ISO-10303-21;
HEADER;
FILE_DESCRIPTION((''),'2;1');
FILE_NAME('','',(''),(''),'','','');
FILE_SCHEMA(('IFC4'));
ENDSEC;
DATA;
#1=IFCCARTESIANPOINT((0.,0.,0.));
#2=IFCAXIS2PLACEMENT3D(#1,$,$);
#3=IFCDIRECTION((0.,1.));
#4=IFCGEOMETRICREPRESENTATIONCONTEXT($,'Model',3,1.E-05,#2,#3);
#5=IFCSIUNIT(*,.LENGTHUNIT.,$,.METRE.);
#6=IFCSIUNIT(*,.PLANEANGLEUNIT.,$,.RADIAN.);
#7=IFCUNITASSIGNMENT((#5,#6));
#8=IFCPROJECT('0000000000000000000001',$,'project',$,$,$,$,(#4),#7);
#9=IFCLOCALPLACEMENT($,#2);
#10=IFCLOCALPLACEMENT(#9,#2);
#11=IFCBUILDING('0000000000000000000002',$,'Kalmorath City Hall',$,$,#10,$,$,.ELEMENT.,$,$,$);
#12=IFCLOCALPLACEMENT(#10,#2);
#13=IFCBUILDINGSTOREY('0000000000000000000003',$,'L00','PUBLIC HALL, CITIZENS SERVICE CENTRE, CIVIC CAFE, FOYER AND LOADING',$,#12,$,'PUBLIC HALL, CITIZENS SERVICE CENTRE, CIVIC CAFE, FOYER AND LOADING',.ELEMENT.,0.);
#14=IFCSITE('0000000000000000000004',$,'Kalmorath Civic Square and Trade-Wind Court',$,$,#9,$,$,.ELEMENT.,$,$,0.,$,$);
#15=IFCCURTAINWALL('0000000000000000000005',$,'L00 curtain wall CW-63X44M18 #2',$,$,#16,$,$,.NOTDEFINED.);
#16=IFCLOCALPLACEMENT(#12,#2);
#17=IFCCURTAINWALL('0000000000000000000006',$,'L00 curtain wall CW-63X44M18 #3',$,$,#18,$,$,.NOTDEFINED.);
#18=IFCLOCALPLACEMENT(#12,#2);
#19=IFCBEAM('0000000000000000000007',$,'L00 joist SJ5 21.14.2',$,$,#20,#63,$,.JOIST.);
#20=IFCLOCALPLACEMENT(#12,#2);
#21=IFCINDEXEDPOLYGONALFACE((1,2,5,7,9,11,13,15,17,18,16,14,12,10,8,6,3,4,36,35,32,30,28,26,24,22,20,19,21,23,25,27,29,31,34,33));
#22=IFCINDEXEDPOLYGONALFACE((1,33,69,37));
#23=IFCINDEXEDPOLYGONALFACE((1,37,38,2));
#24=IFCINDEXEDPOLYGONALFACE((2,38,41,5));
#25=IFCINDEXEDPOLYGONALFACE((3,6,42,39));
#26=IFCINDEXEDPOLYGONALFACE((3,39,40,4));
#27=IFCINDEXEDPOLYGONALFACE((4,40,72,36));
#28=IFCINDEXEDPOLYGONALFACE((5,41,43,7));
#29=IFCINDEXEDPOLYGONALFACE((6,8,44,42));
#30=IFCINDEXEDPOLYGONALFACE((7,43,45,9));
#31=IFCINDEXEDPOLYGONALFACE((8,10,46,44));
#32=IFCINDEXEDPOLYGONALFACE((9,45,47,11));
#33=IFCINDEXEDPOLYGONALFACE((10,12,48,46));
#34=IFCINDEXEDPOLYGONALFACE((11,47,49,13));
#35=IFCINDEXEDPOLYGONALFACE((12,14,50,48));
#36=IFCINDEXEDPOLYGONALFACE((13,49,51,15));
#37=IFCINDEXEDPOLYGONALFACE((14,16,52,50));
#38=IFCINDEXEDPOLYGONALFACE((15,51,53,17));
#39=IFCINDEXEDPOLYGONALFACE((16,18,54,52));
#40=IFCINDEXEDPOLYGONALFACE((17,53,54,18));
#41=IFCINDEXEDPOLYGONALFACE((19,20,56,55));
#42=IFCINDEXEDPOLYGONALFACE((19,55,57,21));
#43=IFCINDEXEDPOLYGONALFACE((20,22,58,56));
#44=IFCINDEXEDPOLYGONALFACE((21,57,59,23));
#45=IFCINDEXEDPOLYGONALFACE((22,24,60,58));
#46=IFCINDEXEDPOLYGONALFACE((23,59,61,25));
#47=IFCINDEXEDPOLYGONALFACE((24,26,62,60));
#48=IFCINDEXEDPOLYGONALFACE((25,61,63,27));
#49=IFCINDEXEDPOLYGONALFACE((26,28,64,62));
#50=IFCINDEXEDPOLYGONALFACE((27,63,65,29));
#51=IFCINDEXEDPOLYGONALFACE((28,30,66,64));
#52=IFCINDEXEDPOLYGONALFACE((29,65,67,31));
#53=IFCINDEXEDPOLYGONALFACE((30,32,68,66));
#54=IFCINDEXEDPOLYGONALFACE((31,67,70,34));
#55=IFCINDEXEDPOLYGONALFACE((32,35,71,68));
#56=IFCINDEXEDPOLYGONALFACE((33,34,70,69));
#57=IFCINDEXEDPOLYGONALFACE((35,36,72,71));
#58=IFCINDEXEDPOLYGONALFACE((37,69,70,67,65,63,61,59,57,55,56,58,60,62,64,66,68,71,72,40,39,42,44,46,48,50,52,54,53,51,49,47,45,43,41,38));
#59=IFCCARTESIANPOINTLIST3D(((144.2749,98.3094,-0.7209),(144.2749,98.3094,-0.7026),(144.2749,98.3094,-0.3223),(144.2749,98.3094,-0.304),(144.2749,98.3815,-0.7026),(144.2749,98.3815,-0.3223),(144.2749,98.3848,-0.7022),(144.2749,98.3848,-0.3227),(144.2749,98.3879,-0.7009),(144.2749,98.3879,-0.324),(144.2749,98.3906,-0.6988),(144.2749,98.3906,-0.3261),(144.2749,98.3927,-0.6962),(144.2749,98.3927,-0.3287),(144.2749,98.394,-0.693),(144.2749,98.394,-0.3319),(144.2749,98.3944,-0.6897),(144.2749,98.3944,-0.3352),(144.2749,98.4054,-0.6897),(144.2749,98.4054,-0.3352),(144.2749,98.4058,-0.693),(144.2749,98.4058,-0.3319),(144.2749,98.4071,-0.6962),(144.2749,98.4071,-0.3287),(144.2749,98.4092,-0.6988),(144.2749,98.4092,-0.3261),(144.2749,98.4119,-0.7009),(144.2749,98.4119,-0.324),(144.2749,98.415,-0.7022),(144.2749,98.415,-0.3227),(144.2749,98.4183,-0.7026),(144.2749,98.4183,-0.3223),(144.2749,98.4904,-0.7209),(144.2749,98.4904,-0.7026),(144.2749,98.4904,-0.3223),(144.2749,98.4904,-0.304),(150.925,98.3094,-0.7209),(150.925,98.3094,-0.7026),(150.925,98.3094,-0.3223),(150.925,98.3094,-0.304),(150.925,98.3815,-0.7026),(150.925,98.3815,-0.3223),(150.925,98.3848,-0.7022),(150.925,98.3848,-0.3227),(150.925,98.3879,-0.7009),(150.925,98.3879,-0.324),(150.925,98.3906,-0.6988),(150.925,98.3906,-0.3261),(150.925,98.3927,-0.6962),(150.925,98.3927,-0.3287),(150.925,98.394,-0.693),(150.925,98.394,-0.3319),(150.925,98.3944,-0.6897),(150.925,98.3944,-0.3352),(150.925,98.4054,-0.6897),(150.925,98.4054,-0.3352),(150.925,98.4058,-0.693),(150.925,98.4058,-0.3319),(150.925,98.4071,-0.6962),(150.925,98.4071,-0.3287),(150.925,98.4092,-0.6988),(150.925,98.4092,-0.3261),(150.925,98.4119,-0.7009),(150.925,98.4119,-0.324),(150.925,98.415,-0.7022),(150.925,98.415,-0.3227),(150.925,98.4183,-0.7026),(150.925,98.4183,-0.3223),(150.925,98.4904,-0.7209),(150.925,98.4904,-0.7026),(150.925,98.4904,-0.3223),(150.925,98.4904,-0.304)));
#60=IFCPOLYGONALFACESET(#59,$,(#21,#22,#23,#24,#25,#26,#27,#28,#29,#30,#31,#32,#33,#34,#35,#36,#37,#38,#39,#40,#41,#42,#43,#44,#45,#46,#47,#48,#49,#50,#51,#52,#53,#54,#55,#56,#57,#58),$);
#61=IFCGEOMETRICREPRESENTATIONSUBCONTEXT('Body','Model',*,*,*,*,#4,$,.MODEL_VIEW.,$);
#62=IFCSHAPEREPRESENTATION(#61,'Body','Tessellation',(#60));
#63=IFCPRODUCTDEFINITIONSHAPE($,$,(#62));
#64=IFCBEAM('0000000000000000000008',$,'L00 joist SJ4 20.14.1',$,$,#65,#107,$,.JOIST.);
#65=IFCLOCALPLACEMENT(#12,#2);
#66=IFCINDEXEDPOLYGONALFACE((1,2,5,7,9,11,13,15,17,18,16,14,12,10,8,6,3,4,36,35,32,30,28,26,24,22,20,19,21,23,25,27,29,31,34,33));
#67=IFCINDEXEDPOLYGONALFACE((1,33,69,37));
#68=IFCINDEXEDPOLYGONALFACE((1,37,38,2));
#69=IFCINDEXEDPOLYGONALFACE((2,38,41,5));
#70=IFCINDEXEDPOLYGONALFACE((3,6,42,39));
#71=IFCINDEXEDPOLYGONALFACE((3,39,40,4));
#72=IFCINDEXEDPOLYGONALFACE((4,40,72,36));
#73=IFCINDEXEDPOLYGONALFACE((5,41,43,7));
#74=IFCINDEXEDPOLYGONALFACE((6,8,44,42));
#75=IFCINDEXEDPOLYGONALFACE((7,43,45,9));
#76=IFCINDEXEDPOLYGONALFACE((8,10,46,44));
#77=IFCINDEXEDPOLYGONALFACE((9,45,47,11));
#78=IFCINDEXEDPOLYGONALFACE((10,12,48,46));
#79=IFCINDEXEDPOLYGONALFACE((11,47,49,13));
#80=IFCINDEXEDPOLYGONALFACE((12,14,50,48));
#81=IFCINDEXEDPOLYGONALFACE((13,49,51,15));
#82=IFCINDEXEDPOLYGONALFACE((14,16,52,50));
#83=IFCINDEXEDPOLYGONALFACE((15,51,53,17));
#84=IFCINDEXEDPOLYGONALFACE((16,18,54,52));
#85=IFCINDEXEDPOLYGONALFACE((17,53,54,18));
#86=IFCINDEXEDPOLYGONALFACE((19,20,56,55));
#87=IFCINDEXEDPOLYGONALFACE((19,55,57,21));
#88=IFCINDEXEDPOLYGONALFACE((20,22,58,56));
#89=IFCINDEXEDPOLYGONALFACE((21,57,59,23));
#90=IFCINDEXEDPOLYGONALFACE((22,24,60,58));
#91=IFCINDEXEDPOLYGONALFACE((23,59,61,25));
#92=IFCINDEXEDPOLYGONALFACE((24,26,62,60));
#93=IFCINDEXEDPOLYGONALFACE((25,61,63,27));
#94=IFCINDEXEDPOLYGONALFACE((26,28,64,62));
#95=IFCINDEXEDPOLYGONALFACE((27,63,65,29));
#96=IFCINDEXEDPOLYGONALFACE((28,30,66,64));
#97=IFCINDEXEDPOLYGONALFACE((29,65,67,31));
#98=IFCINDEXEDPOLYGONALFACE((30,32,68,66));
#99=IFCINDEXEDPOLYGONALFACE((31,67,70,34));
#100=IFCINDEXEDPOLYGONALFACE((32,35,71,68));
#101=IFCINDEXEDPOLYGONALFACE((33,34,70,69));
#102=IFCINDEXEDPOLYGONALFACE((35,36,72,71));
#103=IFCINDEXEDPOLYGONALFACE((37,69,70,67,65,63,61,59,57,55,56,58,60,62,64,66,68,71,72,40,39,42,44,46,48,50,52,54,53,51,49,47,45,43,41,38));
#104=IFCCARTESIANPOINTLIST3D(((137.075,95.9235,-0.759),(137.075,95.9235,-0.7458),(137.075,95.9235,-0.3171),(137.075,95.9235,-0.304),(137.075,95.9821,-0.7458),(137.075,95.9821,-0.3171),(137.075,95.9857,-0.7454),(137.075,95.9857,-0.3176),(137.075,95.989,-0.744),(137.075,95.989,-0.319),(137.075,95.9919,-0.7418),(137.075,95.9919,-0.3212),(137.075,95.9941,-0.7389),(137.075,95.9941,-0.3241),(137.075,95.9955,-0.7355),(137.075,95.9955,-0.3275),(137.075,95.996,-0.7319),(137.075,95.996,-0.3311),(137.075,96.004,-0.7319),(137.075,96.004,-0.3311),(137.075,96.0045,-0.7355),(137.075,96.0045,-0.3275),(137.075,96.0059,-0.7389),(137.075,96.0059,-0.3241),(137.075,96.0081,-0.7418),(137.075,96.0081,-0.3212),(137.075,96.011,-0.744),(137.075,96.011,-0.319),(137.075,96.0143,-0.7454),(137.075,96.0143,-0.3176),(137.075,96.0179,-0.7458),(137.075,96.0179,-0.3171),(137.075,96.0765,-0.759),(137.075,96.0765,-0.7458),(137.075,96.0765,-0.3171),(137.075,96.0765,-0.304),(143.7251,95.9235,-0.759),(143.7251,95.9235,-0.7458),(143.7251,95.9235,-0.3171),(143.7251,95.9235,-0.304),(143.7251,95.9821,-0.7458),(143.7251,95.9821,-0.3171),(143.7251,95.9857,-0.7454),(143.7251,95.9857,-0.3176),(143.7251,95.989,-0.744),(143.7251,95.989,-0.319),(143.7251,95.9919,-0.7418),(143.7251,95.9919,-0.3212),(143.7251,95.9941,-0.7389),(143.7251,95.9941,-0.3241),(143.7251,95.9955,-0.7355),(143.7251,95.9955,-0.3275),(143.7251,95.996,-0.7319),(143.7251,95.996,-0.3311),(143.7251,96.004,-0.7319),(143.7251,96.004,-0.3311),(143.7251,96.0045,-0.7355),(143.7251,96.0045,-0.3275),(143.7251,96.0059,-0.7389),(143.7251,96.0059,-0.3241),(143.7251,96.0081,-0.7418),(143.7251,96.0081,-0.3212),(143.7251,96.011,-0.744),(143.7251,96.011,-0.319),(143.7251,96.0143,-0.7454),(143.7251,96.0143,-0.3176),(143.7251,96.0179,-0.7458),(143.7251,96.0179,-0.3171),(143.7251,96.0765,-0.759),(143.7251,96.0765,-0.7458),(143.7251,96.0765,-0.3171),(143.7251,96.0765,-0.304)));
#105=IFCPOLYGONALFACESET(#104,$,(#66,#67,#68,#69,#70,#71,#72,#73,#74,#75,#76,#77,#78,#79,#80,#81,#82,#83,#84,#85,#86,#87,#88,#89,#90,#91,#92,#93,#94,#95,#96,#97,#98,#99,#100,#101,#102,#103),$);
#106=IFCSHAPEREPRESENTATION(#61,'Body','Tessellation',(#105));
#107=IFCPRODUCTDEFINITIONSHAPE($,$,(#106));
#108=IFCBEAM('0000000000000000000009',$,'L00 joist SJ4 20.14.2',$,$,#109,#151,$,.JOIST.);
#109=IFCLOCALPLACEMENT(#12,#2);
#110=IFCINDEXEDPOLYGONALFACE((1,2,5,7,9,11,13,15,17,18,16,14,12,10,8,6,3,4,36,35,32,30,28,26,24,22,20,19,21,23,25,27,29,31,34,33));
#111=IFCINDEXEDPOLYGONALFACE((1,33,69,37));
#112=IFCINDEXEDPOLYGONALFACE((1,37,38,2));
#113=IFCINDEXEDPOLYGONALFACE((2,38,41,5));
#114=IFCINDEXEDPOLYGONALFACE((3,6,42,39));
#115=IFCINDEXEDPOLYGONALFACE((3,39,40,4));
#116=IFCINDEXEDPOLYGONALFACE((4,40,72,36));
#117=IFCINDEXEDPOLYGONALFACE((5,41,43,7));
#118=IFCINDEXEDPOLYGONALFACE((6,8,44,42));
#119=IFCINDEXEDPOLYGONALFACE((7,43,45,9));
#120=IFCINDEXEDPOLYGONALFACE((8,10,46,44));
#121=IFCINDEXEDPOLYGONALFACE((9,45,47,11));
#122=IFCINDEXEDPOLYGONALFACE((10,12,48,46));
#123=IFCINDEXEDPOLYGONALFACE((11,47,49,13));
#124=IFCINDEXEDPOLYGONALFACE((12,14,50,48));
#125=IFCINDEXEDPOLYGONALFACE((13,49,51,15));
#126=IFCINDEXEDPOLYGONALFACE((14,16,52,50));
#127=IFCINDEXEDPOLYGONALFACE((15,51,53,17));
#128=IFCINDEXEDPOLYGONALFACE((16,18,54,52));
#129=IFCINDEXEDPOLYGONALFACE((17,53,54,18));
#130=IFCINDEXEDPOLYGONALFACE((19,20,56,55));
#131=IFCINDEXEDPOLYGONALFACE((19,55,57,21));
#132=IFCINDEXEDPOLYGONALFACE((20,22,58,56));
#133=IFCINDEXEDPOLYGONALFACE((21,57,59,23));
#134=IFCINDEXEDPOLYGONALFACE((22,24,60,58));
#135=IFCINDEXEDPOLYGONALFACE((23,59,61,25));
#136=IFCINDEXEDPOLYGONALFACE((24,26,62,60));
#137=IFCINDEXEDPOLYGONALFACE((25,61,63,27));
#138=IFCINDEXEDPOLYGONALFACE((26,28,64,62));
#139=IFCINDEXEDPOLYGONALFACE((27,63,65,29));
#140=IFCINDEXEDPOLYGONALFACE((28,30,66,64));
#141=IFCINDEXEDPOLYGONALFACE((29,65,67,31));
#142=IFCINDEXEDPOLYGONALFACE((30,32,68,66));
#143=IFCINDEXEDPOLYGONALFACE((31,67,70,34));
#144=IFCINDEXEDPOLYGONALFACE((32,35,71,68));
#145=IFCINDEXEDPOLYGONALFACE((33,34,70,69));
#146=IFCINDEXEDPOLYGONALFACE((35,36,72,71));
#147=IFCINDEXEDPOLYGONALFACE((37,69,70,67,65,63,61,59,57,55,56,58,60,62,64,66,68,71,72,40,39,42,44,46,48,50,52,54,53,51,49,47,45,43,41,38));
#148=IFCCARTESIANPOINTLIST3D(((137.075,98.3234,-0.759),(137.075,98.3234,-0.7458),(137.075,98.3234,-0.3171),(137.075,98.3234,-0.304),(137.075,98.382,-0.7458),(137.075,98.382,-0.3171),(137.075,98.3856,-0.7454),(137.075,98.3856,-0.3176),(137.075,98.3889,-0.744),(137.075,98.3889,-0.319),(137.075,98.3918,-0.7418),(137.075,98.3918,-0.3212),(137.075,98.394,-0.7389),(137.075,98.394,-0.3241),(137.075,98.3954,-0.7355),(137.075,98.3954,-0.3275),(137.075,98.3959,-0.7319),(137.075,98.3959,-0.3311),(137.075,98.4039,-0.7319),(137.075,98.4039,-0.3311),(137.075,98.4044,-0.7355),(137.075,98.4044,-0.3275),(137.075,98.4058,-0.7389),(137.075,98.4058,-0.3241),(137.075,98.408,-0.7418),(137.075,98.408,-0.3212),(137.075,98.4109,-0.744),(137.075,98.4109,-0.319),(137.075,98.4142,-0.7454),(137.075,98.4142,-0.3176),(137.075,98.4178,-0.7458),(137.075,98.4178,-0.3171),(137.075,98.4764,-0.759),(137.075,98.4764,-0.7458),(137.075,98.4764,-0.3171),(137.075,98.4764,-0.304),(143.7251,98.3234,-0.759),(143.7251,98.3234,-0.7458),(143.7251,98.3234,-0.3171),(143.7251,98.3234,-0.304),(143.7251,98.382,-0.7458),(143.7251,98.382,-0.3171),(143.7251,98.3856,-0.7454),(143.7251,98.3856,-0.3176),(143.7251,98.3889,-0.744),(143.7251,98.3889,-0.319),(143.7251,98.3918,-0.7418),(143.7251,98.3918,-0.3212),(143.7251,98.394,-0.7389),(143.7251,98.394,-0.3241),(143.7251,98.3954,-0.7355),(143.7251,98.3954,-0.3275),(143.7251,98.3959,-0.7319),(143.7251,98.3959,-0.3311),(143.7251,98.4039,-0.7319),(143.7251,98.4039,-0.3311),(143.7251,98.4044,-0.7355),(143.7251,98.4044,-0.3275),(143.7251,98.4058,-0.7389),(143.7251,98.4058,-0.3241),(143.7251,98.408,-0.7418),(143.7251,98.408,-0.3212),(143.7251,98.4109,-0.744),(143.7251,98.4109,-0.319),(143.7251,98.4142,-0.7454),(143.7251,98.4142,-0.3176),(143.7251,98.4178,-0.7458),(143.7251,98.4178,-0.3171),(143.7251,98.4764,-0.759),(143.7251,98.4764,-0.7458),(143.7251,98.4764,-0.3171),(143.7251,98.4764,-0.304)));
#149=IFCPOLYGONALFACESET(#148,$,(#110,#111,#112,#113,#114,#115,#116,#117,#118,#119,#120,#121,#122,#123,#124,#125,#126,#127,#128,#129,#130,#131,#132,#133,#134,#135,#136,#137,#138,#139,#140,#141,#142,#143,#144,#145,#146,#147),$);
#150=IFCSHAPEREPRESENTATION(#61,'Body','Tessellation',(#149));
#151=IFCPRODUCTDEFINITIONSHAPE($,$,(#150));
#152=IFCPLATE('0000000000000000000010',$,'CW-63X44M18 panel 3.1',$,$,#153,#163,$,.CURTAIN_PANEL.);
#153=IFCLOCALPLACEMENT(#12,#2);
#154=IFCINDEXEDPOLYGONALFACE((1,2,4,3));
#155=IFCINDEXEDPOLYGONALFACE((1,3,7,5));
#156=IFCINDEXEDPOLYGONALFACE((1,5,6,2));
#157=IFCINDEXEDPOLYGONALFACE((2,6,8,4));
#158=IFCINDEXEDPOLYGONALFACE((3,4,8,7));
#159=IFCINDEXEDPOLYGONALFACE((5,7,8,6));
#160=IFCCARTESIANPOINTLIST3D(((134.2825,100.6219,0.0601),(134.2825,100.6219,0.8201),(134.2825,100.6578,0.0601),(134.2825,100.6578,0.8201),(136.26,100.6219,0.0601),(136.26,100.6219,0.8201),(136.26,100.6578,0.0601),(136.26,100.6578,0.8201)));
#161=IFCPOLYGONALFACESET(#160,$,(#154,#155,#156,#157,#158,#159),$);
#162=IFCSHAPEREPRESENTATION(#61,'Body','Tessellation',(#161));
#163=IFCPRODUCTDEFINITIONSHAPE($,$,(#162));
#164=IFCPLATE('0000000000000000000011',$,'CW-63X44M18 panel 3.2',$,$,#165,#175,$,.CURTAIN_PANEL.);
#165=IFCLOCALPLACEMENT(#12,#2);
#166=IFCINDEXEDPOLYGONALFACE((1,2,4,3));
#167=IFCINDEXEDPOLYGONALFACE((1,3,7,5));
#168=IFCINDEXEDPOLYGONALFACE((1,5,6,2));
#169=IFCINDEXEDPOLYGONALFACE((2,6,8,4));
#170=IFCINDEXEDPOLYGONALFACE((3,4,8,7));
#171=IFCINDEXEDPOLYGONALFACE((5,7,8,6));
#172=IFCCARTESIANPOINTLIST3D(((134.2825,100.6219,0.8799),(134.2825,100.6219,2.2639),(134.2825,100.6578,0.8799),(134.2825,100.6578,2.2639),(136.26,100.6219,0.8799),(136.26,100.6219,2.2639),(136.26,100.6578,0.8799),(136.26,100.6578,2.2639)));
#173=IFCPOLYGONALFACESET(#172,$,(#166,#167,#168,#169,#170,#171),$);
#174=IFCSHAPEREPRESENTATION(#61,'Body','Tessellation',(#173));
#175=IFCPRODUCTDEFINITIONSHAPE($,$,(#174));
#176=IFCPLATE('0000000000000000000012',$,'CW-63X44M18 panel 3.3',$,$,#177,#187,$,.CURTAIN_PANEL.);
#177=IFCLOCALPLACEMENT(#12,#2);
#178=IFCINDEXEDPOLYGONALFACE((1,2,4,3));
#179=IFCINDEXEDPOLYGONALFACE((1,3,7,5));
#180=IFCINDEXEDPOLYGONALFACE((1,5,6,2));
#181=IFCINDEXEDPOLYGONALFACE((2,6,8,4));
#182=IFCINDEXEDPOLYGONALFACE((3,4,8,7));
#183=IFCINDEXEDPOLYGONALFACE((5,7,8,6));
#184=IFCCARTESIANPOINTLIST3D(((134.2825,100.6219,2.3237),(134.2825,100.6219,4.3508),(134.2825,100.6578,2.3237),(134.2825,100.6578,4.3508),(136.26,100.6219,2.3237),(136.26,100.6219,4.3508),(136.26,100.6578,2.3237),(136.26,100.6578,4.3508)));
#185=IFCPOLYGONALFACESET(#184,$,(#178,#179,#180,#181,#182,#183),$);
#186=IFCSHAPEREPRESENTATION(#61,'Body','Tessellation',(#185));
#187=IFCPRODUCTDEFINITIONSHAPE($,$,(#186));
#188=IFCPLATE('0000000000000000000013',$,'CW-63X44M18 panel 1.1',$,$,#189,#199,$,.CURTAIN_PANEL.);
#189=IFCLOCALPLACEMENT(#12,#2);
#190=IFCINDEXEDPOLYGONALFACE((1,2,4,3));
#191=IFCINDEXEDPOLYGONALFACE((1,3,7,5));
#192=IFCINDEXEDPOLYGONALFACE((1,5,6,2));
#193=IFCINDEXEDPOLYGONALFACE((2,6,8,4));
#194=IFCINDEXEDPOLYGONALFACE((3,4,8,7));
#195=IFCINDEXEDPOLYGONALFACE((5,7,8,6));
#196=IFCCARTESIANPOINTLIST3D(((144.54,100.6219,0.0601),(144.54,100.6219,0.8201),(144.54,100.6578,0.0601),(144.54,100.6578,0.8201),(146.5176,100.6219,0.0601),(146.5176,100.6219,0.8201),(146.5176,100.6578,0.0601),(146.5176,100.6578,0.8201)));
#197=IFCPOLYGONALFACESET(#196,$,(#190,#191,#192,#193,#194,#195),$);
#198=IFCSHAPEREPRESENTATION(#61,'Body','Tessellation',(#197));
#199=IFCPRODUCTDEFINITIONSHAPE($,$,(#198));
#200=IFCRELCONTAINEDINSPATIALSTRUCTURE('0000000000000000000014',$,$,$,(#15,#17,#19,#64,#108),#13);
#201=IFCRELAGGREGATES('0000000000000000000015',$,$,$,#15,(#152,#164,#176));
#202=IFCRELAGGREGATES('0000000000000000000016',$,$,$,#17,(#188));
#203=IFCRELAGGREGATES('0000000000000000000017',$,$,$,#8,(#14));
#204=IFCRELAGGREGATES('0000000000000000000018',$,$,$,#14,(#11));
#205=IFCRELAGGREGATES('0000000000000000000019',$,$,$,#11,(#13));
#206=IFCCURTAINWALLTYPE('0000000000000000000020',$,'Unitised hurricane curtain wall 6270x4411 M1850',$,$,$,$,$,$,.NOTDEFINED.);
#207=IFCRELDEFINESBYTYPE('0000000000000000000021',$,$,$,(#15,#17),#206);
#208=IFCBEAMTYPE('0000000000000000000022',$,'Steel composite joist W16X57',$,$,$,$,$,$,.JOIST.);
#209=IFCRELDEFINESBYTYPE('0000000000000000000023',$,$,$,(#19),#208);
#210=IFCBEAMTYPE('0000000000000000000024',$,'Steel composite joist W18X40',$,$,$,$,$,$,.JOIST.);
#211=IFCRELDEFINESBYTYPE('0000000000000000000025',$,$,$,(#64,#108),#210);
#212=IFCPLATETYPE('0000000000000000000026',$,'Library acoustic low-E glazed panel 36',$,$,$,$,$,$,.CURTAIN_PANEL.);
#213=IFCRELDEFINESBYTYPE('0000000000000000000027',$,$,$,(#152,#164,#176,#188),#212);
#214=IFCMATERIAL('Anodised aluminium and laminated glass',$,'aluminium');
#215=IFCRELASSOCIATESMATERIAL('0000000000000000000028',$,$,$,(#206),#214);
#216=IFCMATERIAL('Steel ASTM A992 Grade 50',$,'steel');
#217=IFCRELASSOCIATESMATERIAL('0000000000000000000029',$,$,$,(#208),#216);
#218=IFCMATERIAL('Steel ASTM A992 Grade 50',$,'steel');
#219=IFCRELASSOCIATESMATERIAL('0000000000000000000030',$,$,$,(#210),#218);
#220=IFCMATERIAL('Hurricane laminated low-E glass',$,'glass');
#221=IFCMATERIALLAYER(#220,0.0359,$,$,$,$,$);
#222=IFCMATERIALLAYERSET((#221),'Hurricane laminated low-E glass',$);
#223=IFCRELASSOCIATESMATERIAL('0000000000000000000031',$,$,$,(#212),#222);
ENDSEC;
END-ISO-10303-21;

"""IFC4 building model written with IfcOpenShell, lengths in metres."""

from ifc_helpers import new_model, si_unit, direction, frame, origin, origin_2d, place, context, subcontext, project, spatial, rectangle, i_section, extrude, material, layer, layer_set, material_profile, profile_set, type_object, element, aggregate, save


model = new_model("IFC4")

# Units and contexts
model_context = context("Model", 3, precision=1e-05, world=origin(), true_north=direction((0.0, 1.0)))
body_context = subcontext(model_context, "Body", "Model", "MODEL_VIEW")
ifc_project = project(units=[si_unit("LENGTHUNIT", "METRE"), si_unit("PLANEANGLEUNIT", "RADIAN")], contexts=[model_context])

# Site, building, storey
site_placement = place(None, origin())
site = spatial("IfcSite", under=ifc_project, at=site_placement, Name="Kalmorath Civic Square and Trade-Wind Court", CompositionType="ELEMENT", RefElevation=0.0)
building_placement = place(site_placement, origin())
building = spatial("IfcBuilding", under=site, at=building_placement, Name="Kalmorath City Hall", CompositionType="ELEMENT")
storey_placement = place(building_placement, origin())
storey = spatial("IfcBuildingStorey", under=building, at=storey_placement, Name="L00", Description="PUBLIC HALL, CITIZENS SERVICE CENTRE, CIVIC CAFE, FOYER AND LOADING", LongName="PUBLIC HALL, CITIZENS SERVICE CENTRE, CIVIC CAFE, FOYER AND LOADING", CompositionType="ELEMENT", Elevation=0.0)

# Curtain walls
ifc_material_1 = material(Name="Anodised aluminium and laminated glass", Category="aluminium")
curtain_wall_type = type_object("IfcCurtainWallType", Name="Unitised hurricane curtain wall 6270x4411 M1850", PredefinedType="NOTDEFINED", material=ifc_material_1)
curtain_wall_1_placement = place(storey_placement, origin())
curtain_wall_1 = element("IfcCurtainWall", 1, at=curtain_wall_1_placement, inside=storey, type_object=curtain_wall_type, Name="L00 curtain wall CW-63X44M18 #2", PredefinedType="NOTDEFINED")
curtain_wall_2_placement = place(storey_placement, origin())
curtain_wall_2 = element("IfcCurtainWall", 2, at=curtain_wall_2_placement, inside=storey, type_object=curtain_wall_type, Name="L00 curtain wall CW-63X44M18 #3", PredefinedType="NOTDEFINED")

# Beams
ifc_material_2 = material(Name="Steel ASTM A992 Grade 50", Category="steel")
ifc_material_profile_1 = material_profile(ifc_material_2, i_section(OverallWidth=0.1809, OverallDepth=0.417, WebThickness=0.011, FlangeThickness=0.0183, FilletRadius=0.0129, at=origin_2d()), Name="W16X57")
ifc_profile_set_1 = profile_set([ifc_material_profile_1], Name="Steel ASTM A992 Grade 50")
beam_type_1 = type_object("IfcBeamType", Name="Steel composite joist W16X57", PredefinedType="JOIST", material=ifc_profile_set_1)
for number, where, z_axis, x_axis, name in (
    (3, (144.2749, 98.3999, -0.5125), (1.0, 0.0, 0.0), (0.0, 1.0, 0.0), "L00 joist SJ5 21.14.2"),
):
    element("IfcBeam", number, at=place(storey_placement, frame(where, z_axis=z_axis, x_axis=x_axis)), inside=storey, type_object=beam_type_1, Name=name, PredefinedType="JOIST", context=body_context, shape_type="SweptSolid", body=[
        extrude(i_section(OverallWidth=0.1809, OverallDepth=0.417, WebThickness=0.011, FlangeThickness=0.0183, FilletRadius=0.0129, at=origin_2d()), origin(), (0.0, 0.0, 1.0), 6.6501),
    ])
ifc_material_3 = material(Name="Steel ASTM A992 Grade 50", Category="steel")
ifc_material_profile_2 = material_profile(ifc_material_3, i_section(OverallWidth=0.1531, OverallDepth=0.4551, WebThickness=0.0081, FlangeThickness=0.0132, FilletRadius=0.0139, at=origin_2d()), Name="W18X40")
ifc_profile_set_2 = profile_set([ifc_material_profile_2], Name="Steel ASTM A992 Grade 50")
beam_type_2 = type_object("IfcBeamType", Name="Steel composite joist W18X40", PredefinedType="JOIST", material=ifc_profile_set_2)
for number, where, z_axis, x_axis, name in (
    (4, (137.075, 96.0, -0.5315), (1.0, 0.0, 0.0), (0.0, 1.0, 0.0), "L00 joist SJ4 20.14.1"),
    (5, (137.075, 98.3999, -0.5315), (1.0, 0.0, 0.0), (0.0, 1.0, 0.0), "L00 joist SJ4 20.14.2"),
):
    element("IfcBeam", number, at=place(storey_placement, frame(where, z_axis=z_axis, x_axis=x_axis)), inside=storey, type_object=beam_type_2, Name=name, PredefinedType="JOIST", context=body_context, shape_type="SweptSolid", body=[
        extrude(i_section(OverallWidth=0.1531, OverallDepth=0.4551, WebThickness=0.0081, FlangeThickness=0.0132, FilletRadius=0.0139, at=origin_2d()), origin(), (0.0, 0.0, 1.0), 6.6501),
    ])

# Plates
ifc_material_4 = material(Name="Hurricane laminated low-E glass", Category="glass")
ifc_layer_1 = layer(ifc_material_4, 0.0359)
ifc_layer_set_1 = layer_set([ifc_layer_1], Name="Hurricane laminated low-E glass")
plate_type = type_object("IfcPlateType", Name="Library acoustic low-E glazed panel 36", PredefinedType="CURTAIN_PANEL", material=ifc_layer_set_1)
plate_1_placement = place(storey_placement, frame((135.2712, 100.6399, 0.0601), z_axis=(0.0, 0.0, 1.0), x_axis=(1.0, 0.0, 0.0)))
plate_1 = element("IfcPlate", 6, at=plate_1_placement, type_object=plate_type, Name="CW-63X44M18 panel 3.1", PredefinedType="CURTAIN_PANEL", context=body_context, shape_type="SweptSolid", body=[
    extrude(rectangle(XDim=1.9775, YDim=0.0359, at=origin_2d()), origin(), (0.0, 0.0, 1.0), 0.76),
])
plate_2_placement = place(storey_placement, frame((135.2712, 100.6399, 0.8799), z_axis=(0.0, 0.0, 1.0), x_axis=(1.0, 0.0, 0.0)))
plate_2 = element("IfcPlate", 7, at=plate_2_placement, type_object=plate_type, Name="CW-63X44M18 panel 3.2", PredefinedType="CURTAIN_PANEL", context=body_context, shape_type="SweptSolid", body=[
    extrude(rectangle(XDim=1.9775, YDim=0.0359, at=origin_2d()), origin(), (0.0, 0.0, 1.0), 1.384),
])
plate_3_placement = place(storey_placement, frame((135.2712, 100.6399, 2.3237), z_axis=(0.0, 0.0, 1.0), x_axis=(1.0, 0.0, 0.0)))
plate_3 = element("IfcPlate", 8, at=plate_3_placement, type_object=plate_type, Name="CW-63X44M18 panel 3.3", PredefinedType="CURTAIN_PANEL", context=body_context, shape_type="SweptSolid", body=[
    extrude(rectangle(XDim=1.9775, YDim=0.0359, at=origin_2d()), origin(), (0.0, 0.0, 1.0), 2.0271),
])
aggregate(curtain_wall_1, [plate_1, plate_2, plate_3])
plate_4_placement = place(storey_placement, frame((145.5288, 100.6399, 0.0601), z_axis=(0.0, 0.0, 1.0), x_axis=(1.0, 0.0, 0.0)))
plate_4 = element("IfcPlate", 9, at=plate_4_placement, type_object=plate_type, Name="CW-63X44M18 panel 1.1", PredefinedType="CURTAIN_PANEL", context=body_context, shape_type="SweptSolid", body=[
    extrude(rectangle(XDim=1.9775, YDim=0.0359, at=origin_2d()), origin(), (0.0, 0.0, 1.0), 0.76),
])
aggregate(curtain_wall_2, [plate_4])

save(model, "model.ifc")
